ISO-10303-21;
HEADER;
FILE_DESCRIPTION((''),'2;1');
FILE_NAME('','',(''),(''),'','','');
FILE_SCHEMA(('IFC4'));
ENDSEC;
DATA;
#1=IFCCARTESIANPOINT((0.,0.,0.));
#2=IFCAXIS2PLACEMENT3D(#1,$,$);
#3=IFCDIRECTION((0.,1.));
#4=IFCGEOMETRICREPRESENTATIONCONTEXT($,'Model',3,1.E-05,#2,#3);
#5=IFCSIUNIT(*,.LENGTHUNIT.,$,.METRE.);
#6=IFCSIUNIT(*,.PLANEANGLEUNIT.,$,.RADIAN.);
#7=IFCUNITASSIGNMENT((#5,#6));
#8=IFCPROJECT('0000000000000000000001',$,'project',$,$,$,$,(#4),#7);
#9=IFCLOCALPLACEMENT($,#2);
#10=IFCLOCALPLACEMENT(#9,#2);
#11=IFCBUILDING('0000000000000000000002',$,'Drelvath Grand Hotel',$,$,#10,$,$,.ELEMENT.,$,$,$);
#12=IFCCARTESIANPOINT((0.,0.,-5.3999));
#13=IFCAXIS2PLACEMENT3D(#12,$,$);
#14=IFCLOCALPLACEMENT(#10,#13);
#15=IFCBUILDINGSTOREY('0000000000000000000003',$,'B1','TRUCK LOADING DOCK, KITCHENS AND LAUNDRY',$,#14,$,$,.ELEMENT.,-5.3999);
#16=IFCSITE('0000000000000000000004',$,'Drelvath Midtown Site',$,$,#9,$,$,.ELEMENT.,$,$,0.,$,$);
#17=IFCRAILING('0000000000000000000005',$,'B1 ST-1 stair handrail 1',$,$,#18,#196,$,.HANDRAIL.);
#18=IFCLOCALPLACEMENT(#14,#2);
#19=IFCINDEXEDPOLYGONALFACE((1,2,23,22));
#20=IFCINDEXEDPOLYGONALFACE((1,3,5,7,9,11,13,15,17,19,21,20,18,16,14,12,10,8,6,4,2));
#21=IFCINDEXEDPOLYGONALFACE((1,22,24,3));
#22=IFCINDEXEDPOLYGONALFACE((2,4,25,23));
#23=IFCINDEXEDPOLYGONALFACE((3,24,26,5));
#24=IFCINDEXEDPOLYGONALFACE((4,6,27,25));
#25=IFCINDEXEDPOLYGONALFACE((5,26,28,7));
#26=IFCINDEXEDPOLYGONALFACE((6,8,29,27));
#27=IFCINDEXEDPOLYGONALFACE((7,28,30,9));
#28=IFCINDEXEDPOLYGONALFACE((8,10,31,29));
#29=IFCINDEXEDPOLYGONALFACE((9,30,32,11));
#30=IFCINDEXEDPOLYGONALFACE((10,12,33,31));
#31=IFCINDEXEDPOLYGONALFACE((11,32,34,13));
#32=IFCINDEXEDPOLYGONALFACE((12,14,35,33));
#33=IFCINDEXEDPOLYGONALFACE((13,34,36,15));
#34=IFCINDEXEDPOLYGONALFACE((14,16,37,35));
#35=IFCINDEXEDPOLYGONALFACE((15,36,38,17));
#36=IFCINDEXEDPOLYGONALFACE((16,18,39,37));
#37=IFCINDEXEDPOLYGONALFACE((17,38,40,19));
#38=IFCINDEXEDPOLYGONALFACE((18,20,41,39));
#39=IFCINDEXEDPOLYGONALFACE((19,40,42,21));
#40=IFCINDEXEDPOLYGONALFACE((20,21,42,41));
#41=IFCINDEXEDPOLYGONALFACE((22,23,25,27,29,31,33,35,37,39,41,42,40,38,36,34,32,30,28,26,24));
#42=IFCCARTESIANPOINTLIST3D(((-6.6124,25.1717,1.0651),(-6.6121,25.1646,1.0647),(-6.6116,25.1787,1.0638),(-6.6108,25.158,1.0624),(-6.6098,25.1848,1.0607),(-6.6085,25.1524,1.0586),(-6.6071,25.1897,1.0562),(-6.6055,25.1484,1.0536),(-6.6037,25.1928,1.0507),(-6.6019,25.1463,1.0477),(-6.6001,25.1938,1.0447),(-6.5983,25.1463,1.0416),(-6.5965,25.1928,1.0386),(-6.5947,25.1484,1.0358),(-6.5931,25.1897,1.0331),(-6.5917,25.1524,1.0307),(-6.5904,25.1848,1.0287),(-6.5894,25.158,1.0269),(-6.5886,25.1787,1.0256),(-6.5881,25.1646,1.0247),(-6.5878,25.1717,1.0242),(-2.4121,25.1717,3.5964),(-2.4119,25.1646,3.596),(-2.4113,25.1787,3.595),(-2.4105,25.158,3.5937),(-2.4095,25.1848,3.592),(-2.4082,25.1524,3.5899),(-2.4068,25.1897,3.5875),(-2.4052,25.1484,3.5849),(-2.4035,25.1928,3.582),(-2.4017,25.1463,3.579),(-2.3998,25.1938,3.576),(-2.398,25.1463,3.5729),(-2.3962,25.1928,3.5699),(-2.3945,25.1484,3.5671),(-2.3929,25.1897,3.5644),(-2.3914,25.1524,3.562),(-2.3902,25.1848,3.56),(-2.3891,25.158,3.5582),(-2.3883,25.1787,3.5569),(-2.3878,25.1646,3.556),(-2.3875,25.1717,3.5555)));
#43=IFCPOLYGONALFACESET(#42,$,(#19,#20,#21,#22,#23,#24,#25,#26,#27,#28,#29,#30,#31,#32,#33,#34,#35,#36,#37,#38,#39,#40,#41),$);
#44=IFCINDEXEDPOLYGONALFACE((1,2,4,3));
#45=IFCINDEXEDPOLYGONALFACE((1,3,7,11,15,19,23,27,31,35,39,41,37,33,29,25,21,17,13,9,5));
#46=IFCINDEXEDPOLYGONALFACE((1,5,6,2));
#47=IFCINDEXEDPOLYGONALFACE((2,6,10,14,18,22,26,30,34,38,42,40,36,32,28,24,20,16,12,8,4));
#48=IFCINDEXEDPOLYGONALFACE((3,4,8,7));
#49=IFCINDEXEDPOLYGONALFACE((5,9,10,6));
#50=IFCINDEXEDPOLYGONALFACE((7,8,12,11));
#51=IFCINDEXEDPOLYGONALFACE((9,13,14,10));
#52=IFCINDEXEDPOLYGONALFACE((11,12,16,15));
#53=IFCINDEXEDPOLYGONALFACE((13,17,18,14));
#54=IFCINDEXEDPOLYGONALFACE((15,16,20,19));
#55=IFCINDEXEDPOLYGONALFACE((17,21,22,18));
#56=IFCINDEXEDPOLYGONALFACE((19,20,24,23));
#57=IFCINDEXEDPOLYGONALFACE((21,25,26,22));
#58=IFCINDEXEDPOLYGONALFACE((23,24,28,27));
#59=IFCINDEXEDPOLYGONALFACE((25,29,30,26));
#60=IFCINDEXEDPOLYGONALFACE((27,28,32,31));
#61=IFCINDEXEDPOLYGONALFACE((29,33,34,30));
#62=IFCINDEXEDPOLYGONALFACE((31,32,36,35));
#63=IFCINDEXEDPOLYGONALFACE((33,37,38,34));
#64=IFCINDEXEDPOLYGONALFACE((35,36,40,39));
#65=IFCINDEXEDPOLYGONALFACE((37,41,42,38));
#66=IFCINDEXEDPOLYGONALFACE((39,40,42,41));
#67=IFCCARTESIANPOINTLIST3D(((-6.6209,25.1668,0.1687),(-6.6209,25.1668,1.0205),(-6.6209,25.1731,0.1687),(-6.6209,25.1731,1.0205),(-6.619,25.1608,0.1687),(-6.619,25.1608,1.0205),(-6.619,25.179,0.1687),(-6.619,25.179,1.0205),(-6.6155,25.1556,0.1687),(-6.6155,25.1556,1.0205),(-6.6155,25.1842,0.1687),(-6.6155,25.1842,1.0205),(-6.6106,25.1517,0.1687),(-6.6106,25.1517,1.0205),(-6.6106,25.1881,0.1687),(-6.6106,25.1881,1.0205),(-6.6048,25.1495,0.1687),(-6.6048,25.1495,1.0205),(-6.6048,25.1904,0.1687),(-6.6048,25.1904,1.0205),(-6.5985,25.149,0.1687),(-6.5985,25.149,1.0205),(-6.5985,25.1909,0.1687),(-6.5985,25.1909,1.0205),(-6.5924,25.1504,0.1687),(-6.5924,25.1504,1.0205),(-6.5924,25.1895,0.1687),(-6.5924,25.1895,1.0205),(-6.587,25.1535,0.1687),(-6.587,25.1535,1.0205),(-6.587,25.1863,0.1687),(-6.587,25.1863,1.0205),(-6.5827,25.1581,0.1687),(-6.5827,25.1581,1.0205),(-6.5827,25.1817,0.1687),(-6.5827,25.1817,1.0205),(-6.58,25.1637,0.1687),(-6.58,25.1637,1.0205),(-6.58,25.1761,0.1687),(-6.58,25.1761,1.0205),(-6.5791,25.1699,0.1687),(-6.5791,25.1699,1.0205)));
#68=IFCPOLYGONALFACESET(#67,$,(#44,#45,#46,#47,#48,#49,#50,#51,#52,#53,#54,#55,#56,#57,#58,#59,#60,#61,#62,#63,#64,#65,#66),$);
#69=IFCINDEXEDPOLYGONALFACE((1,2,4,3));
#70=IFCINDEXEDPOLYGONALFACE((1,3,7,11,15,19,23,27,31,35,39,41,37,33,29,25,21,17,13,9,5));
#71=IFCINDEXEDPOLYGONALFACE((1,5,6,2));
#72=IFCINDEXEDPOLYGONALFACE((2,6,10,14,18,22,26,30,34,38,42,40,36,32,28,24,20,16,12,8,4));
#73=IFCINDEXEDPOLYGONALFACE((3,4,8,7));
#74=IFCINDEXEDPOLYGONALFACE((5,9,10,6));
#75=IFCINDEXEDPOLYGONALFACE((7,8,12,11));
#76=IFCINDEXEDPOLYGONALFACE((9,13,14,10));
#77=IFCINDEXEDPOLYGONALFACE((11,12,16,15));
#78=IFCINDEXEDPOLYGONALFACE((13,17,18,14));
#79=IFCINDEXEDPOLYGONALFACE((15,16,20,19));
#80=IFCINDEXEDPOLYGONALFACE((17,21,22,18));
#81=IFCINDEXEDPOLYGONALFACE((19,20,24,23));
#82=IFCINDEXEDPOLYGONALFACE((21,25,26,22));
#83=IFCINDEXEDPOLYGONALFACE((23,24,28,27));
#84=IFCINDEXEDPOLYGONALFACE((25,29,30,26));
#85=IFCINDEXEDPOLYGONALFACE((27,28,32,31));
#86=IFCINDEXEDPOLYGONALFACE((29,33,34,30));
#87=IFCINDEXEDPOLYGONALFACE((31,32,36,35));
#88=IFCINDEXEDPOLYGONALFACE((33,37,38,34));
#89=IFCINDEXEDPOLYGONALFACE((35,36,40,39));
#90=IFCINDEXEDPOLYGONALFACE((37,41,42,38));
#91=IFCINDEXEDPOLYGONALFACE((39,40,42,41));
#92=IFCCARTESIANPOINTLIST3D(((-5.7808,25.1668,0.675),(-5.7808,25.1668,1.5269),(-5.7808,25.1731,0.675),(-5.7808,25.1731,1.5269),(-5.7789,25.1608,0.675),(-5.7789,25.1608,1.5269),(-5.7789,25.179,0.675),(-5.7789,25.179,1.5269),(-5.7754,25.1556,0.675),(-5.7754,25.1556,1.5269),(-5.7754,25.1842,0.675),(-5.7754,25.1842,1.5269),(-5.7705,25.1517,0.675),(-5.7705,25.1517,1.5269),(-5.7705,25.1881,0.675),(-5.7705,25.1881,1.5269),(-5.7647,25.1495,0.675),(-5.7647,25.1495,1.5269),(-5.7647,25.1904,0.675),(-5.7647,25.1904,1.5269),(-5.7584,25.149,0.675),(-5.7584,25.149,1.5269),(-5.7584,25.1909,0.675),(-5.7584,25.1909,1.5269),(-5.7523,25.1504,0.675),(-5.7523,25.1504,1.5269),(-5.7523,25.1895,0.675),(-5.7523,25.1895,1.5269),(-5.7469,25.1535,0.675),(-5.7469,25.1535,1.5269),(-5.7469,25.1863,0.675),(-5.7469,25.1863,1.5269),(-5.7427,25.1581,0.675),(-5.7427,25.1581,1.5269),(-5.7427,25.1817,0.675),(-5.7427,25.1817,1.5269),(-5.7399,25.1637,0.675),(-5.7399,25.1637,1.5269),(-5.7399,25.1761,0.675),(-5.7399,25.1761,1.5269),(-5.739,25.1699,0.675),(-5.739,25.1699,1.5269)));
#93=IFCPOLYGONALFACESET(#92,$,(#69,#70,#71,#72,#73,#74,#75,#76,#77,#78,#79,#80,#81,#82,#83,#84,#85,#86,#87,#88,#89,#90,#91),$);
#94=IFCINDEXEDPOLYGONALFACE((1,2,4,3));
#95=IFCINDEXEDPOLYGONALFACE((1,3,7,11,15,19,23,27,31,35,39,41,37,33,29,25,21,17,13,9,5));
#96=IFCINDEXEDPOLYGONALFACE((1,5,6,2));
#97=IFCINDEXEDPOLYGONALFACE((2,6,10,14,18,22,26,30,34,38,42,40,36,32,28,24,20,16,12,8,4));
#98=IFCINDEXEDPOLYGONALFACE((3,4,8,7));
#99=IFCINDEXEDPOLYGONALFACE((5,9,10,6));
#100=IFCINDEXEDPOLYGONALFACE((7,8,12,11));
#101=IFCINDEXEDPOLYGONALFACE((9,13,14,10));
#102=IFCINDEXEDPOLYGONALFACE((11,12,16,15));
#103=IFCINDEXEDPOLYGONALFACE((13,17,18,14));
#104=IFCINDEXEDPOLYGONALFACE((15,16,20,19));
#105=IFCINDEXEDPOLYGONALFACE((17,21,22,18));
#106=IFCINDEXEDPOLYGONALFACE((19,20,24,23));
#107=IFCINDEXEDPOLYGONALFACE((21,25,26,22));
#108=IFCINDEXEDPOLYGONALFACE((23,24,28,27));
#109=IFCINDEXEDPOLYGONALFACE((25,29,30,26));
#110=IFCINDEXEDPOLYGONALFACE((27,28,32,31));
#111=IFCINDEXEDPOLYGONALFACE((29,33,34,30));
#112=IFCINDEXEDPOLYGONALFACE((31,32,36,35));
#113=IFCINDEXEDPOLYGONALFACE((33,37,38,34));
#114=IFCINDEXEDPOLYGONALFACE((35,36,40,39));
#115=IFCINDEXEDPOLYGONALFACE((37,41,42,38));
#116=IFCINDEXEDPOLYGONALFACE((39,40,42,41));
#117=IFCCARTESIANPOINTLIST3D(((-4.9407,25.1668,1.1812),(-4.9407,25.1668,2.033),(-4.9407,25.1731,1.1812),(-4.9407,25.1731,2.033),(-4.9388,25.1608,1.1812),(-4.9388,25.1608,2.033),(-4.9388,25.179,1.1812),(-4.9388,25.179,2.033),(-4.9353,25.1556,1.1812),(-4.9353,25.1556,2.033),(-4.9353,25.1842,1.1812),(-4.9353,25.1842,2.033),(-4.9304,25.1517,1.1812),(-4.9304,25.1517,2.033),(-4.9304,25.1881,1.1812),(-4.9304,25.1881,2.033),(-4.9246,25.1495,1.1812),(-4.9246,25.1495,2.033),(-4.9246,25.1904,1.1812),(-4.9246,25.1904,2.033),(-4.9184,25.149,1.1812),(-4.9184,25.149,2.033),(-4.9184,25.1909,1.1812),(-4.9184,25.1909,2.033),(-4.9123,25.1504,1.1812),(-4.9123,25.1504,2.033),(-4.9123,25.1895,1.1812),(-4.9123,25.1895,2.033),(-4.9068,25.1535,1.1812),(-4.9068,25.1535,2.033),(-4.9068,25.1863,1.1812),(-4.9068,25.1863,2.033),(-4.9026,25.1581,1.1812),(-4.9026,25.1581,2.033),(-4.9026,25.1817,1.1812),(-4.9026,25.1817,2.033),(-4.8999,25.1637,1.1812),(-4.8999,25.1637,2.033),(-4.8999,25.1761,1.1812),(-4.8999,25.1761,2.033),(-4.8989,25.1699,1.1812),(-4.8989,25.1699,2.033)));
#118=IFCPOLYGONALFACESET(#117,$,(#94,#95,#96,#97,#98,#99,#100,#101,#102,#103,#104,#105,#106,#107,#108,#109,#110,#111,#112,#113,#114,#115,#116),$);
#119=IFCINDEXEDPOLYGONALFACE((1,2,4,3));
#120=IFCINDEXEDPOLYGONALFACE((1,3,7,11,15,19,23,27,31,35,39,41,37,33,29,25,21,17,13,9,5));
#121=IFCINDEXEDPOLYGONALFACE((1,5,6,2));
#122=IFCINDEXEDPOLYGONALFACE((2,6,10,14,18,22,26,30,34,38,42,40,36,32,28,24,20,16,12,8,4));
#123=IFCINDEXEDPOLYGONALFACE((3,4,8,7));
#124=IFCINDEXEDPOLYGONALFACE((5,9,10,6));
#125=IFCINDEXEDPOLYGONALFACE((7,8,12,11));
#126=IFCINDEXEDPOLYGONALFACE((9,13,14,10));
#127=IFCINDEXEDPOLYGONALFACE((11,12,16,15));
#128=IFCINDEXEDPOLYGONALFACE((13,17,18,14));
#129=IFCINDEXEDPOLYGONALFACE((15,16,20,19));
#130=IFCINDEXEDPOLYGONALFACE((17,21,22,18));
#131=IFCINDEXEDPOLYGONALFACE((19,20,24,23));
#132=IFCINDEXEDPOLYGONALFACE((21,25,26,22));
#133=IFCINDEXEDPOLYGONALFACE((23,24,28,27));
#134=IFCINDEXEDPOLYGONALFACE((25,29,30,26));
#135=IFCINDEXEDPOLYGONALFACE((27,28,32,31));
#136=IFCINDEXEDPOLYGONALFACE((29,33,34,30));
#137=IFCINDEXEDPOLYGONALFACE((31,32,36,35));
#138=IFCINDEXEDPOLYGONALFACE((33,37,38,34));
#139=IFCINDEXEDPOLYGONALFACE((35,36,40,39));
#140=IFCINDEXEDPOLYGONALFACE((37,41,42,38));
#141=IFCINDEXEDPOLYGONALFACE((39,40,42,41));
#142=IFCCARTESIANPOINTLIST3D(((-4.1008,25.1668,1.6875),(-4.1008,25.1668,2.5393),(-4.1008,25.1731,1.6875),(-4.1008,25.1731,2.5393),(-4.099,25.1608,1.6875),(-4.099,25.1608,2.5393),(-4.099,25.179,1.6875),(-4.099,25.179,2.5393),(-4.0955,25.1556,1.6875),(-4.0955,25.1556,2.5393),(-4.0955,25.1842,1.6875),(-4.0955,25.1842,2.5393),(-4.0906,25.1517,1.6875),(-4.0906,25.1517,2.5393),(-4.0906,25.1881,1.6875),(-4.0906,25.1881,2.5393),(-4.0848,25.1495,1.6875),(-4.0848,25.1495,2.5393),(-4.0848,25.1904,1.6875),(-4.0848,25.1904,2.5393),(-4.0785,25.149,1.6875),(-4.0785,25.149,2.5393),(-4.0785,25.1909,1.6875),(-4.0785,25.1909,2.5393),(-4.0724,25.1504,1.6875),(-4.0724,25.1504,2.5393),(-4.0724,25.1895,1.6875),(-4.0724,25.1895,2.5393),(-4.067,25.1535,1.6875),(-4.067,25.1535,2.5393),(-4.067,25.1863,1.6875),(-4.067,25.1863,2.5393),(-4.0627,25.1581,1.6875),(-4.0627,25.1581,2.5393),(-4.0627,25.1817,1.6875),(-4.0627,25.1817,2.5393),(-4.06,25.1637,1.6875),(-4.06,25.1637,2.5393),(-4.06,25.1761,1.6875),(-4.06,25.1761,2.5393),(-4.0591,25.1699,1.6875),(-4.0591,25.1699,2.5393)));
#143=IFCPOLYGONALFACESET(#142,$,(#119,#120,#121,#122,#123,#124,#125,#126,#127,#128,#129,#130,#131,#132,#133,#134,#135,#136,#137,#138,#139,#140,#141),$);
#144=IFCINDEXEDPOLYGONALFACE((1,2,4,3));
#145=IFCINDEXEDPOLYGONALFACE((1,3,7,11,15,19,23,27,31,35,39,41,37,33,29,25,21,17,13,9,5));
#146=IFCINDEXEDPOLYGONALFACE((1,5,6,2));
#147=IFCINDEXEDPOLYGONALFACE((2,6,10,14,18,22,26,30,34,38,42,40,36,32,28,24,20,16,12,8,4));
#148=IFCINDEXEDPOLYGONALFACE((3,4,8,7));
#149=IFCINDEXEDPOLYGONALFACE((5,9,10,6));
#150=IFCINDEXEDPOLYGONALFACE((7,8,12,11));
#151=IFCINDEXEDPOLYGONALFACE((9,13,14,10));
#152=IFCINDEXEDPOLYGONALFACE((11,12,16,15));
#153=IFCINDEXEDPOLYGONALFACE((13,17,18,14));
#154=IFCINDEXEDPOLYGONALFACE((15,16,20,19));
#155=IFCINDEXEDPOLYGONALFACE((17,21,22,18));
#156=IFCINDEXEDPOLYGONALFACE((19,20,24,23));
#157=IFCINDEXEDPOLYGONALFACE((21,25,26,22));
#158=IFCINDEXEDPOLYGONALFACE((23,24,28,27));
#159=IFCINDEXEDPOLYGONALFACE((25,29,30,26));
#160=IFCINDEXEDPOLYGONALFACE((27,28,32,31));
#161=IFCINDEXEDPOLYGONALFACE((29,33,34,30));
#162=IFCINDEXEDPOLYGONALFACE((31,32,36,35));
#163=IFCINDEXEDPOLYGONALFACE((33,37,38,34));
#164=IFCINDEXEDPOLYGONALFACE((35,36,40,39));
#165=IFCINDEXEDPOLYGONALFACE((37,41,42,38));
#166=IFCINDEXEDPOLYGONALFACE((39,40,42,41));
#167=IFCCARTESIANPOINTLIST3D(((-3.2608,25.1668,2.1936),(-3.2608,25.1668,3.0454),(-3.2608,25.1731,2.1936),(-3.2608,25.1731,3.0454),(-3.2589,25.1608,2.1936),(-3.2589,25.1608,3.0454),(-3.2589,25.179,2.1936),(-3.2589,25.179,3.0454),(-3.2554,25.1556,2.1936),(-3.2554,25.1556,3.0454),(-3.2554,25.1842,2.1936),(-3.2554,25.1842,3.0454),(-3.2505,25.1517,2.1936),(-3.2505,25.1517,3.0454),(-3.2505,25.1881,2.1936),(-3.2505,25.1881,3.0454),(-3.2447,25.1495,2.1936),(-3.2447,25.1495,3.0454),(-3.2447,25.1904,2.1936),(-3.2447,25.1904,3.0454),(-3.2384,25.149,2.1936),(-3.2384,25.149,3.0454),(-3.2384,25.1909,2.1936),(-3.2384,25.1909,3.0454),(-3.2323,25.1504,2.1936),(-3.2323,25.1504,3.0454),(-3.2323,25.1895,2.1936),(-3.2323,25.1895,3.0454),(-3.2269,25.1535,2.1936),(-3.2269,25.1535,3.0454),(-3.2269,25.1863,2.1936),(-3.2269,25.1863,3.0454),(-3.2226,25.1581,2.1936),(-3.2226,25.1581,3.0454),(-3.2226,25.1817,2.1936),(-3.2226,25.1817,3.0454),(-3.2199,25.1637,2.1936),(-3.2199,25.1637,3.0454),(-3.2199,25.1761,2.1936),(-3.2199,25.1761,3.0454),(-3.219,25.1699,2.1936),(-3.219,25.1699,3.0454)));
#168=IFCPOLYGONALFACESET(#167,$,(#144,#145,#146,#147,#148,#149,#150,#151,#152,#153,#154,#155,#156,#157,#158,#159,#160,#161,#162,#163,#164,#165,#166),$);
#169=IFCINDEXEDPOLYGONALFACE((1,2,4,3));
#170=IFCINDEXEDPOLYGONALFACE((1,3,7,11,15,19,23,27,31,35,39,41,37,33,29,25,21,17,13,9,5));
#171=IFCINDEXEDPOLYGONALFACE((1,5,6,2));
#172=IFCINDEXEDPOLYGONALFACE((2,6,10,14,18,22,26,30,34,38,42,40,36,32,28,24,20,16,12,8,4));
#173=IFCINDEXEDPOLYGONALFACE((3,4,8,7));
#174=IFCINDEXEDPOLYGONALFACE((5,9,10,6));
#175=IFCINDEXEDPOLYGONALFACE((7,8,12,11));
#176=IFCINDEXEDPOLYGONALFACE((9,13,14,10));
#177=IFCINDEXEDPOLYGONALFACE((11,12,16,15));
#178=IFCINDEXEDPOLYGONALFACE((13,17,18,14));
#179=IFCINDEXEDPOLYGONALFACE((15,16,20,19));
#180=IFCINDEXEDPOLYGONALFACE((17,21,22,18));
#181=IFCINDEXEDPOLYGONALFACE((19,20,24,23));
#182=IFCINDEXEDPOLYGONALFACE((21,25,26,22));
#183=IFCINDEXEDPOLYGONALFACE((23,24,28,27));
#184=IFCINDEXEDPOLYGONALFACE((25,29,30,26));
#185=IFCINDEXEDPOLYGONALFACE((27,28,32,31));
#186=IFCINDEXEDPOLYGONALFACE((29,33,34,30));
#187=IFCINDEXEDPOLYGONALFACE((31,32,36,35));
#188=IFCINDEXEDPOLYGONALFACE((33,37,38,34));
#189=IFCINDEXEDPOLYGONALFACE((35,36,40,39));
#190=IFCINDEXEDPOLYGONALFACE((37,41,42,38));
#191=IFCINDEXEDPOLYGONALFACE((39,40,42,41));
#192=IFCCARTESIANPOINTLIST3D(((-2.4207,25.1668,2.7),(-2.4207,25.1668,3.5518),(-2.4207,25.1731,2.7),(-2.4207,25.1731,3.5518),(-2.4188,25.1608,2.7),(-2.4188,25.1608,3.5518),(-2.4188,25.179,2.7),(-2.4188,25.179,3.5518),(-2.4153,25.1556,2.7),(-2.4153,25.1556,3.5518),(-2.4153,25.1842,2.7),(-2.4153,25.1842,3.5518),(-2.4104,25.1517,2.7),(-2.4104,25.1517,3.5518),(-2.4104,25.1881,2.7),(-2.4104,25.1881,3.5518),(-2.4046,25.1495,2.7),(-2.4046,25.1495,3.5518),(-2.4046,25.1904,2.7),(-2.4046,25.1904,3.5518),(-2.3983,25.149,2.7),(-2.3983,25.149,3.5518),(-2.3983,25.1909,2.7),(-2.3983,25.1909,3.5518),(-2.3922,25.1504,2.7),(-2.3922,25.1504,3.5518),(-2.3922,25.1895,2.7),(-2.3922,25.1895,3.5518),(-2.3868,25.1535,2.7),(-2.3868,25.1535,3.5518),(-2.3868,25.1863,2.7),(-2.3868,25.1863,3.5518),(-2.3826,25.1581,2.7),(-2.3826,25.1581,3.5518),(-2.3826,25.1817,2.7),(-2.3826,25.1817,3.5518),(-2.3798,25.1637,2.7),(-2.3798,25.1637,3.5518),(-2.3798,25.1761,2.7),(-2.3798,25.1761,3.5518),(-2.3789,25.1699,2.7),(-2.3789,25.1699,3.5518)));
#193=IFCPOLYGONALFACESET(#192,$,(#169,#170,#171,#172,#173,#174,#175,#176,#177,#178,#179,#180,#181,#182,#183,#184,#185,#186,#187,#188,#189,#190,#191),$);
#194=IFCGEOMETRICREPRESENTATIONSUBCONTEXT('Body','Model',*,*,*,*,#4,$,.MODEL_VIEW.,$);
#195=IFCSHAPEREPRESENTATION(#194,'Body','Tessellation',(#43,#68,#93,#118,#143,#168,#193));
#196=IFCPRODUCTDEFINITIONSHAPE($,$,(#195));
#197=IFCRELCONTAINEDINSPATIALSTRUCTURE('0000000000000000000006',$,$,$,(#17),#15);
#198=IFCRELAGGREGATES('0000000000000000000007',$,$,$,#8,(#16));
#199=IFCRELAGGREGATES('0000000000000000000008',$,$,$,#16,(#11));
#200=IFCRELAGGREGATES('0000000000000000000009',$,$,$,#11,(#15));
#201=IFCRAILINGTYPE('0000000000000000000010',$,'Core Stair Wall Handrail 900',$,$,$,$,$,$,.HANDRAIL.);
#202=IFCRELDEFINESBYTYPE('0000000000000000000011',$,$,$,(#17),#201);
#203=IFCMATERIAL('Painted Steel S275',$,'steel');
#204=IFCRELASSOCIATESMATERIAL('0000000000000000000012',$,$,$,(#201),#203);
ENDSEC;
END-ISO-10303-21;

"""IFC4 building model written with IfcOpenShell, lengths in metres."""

from ifc_helpers import new_model, si_unit, direction, frame, origin, origin_2d, place, context, subcontext, project, spatial, circle, extrude, material, type_object, element, save


model = new_model("IFC4")

# Units and contexts
model_context = context("Model", 3, precision=1e-05, world=origin(), true_north=direction((0.0, 1.0)))
body_context = subcontext(model_context, "Body", "Model", "MODEL_VIEW")
ifc_project = project(units=[si_unit("LENGTHUNIT", "METRE"), si_unit("PLANEANGLEUNIT", "RADIAN")], contexts=[model_context])

# Site, building, storey
site_placement = place(None, origin())
site = spatial("IfcSite", under=ifc_project, at=site_placement, Name="Drelvath Midtown Site", CompositionType="ELEMENT", RefElevation=0.0)
building_placement = place(site_placement, origin())
building = spatial("IfcBuilding", under=site, at=building_placement, Name="Drelvath Grand Hotel", CompositionType="ELEMENT")
storey_placement = place(building_placement, frame((0.0, 0.0, -5.3999)))
storey = spatial("IfcBuildingStorey", under=building, at=storey_placement, Name="B1", Description="TRUCK LOADING DOCK, KITCHENS AND LAUNDRY", CompositionType="ELEMENT", Elevation=-5.3999)

# Shared definitions
ifc_material_1 = material(Name="Painted Steel S275", Category="steel")

# Railing
railing_type_1 = type_object("IfcRailingType", Name="Core Stair Wall Handrail 900", PredefinedType="HANDRAIL", material=ifc_material_1)
railing_1_placement = place(storey_placement, frame((-6.6001, 25.1699, 0.1687)))
element("IfcRailing", 1, at=railing_1_placement, inside=storey, type_object=railing_type_1, Name="B1 ST-1 stair handrail 1", PredefinedType="HANDRAIL", context=body_context, shape_type="SweptSolid", body=[
    extrude(circle(Radius=0.0239, at=origin_2d()), frame((0.0, 0.0, 0.876), z_axis=(0.85649, 0.0, 0.516164), x_axis=(0.0, 1.0, 0.0)), (0.0, 0.0, 1.0), 4.9041),
    extrude(circle(Radius=0.021, at=origin_2d()), origin(), (0.0, 0.0, 1.0), 0.8518),
    extrude(circle(Radius=0.021, at=origin_2d()), frame((0.8401, 0.0, 0.5063)), (0.0, 0.0, 1.0), 0.8518),
    extrude(circle(Radius=0.021, at=origin_2d()), frame((1.6802, 0.0, 1.0125)), (0.0, 0.0, 1.0), 0.8518),
    extrude(circle(Radius=0.021, at=origin_2d()), frame((2.52, 0.0, 1.5188)), (0.0, 0.0, 1.0), 0.8518),
    extrude(circle(Radius=0.021, at=origin_2d()), frame((3.3601, 0.0, 2.0249)), (0.0, 0.0, 1.0), 0.8518),
    extrude(circle(Radius=0.021, at=origin_2d()), frame((4.2002, 0.0, 2.5312)), (0.0, 0.0, 1.0), 0.8518),
])

save(model, "model.ifc")
